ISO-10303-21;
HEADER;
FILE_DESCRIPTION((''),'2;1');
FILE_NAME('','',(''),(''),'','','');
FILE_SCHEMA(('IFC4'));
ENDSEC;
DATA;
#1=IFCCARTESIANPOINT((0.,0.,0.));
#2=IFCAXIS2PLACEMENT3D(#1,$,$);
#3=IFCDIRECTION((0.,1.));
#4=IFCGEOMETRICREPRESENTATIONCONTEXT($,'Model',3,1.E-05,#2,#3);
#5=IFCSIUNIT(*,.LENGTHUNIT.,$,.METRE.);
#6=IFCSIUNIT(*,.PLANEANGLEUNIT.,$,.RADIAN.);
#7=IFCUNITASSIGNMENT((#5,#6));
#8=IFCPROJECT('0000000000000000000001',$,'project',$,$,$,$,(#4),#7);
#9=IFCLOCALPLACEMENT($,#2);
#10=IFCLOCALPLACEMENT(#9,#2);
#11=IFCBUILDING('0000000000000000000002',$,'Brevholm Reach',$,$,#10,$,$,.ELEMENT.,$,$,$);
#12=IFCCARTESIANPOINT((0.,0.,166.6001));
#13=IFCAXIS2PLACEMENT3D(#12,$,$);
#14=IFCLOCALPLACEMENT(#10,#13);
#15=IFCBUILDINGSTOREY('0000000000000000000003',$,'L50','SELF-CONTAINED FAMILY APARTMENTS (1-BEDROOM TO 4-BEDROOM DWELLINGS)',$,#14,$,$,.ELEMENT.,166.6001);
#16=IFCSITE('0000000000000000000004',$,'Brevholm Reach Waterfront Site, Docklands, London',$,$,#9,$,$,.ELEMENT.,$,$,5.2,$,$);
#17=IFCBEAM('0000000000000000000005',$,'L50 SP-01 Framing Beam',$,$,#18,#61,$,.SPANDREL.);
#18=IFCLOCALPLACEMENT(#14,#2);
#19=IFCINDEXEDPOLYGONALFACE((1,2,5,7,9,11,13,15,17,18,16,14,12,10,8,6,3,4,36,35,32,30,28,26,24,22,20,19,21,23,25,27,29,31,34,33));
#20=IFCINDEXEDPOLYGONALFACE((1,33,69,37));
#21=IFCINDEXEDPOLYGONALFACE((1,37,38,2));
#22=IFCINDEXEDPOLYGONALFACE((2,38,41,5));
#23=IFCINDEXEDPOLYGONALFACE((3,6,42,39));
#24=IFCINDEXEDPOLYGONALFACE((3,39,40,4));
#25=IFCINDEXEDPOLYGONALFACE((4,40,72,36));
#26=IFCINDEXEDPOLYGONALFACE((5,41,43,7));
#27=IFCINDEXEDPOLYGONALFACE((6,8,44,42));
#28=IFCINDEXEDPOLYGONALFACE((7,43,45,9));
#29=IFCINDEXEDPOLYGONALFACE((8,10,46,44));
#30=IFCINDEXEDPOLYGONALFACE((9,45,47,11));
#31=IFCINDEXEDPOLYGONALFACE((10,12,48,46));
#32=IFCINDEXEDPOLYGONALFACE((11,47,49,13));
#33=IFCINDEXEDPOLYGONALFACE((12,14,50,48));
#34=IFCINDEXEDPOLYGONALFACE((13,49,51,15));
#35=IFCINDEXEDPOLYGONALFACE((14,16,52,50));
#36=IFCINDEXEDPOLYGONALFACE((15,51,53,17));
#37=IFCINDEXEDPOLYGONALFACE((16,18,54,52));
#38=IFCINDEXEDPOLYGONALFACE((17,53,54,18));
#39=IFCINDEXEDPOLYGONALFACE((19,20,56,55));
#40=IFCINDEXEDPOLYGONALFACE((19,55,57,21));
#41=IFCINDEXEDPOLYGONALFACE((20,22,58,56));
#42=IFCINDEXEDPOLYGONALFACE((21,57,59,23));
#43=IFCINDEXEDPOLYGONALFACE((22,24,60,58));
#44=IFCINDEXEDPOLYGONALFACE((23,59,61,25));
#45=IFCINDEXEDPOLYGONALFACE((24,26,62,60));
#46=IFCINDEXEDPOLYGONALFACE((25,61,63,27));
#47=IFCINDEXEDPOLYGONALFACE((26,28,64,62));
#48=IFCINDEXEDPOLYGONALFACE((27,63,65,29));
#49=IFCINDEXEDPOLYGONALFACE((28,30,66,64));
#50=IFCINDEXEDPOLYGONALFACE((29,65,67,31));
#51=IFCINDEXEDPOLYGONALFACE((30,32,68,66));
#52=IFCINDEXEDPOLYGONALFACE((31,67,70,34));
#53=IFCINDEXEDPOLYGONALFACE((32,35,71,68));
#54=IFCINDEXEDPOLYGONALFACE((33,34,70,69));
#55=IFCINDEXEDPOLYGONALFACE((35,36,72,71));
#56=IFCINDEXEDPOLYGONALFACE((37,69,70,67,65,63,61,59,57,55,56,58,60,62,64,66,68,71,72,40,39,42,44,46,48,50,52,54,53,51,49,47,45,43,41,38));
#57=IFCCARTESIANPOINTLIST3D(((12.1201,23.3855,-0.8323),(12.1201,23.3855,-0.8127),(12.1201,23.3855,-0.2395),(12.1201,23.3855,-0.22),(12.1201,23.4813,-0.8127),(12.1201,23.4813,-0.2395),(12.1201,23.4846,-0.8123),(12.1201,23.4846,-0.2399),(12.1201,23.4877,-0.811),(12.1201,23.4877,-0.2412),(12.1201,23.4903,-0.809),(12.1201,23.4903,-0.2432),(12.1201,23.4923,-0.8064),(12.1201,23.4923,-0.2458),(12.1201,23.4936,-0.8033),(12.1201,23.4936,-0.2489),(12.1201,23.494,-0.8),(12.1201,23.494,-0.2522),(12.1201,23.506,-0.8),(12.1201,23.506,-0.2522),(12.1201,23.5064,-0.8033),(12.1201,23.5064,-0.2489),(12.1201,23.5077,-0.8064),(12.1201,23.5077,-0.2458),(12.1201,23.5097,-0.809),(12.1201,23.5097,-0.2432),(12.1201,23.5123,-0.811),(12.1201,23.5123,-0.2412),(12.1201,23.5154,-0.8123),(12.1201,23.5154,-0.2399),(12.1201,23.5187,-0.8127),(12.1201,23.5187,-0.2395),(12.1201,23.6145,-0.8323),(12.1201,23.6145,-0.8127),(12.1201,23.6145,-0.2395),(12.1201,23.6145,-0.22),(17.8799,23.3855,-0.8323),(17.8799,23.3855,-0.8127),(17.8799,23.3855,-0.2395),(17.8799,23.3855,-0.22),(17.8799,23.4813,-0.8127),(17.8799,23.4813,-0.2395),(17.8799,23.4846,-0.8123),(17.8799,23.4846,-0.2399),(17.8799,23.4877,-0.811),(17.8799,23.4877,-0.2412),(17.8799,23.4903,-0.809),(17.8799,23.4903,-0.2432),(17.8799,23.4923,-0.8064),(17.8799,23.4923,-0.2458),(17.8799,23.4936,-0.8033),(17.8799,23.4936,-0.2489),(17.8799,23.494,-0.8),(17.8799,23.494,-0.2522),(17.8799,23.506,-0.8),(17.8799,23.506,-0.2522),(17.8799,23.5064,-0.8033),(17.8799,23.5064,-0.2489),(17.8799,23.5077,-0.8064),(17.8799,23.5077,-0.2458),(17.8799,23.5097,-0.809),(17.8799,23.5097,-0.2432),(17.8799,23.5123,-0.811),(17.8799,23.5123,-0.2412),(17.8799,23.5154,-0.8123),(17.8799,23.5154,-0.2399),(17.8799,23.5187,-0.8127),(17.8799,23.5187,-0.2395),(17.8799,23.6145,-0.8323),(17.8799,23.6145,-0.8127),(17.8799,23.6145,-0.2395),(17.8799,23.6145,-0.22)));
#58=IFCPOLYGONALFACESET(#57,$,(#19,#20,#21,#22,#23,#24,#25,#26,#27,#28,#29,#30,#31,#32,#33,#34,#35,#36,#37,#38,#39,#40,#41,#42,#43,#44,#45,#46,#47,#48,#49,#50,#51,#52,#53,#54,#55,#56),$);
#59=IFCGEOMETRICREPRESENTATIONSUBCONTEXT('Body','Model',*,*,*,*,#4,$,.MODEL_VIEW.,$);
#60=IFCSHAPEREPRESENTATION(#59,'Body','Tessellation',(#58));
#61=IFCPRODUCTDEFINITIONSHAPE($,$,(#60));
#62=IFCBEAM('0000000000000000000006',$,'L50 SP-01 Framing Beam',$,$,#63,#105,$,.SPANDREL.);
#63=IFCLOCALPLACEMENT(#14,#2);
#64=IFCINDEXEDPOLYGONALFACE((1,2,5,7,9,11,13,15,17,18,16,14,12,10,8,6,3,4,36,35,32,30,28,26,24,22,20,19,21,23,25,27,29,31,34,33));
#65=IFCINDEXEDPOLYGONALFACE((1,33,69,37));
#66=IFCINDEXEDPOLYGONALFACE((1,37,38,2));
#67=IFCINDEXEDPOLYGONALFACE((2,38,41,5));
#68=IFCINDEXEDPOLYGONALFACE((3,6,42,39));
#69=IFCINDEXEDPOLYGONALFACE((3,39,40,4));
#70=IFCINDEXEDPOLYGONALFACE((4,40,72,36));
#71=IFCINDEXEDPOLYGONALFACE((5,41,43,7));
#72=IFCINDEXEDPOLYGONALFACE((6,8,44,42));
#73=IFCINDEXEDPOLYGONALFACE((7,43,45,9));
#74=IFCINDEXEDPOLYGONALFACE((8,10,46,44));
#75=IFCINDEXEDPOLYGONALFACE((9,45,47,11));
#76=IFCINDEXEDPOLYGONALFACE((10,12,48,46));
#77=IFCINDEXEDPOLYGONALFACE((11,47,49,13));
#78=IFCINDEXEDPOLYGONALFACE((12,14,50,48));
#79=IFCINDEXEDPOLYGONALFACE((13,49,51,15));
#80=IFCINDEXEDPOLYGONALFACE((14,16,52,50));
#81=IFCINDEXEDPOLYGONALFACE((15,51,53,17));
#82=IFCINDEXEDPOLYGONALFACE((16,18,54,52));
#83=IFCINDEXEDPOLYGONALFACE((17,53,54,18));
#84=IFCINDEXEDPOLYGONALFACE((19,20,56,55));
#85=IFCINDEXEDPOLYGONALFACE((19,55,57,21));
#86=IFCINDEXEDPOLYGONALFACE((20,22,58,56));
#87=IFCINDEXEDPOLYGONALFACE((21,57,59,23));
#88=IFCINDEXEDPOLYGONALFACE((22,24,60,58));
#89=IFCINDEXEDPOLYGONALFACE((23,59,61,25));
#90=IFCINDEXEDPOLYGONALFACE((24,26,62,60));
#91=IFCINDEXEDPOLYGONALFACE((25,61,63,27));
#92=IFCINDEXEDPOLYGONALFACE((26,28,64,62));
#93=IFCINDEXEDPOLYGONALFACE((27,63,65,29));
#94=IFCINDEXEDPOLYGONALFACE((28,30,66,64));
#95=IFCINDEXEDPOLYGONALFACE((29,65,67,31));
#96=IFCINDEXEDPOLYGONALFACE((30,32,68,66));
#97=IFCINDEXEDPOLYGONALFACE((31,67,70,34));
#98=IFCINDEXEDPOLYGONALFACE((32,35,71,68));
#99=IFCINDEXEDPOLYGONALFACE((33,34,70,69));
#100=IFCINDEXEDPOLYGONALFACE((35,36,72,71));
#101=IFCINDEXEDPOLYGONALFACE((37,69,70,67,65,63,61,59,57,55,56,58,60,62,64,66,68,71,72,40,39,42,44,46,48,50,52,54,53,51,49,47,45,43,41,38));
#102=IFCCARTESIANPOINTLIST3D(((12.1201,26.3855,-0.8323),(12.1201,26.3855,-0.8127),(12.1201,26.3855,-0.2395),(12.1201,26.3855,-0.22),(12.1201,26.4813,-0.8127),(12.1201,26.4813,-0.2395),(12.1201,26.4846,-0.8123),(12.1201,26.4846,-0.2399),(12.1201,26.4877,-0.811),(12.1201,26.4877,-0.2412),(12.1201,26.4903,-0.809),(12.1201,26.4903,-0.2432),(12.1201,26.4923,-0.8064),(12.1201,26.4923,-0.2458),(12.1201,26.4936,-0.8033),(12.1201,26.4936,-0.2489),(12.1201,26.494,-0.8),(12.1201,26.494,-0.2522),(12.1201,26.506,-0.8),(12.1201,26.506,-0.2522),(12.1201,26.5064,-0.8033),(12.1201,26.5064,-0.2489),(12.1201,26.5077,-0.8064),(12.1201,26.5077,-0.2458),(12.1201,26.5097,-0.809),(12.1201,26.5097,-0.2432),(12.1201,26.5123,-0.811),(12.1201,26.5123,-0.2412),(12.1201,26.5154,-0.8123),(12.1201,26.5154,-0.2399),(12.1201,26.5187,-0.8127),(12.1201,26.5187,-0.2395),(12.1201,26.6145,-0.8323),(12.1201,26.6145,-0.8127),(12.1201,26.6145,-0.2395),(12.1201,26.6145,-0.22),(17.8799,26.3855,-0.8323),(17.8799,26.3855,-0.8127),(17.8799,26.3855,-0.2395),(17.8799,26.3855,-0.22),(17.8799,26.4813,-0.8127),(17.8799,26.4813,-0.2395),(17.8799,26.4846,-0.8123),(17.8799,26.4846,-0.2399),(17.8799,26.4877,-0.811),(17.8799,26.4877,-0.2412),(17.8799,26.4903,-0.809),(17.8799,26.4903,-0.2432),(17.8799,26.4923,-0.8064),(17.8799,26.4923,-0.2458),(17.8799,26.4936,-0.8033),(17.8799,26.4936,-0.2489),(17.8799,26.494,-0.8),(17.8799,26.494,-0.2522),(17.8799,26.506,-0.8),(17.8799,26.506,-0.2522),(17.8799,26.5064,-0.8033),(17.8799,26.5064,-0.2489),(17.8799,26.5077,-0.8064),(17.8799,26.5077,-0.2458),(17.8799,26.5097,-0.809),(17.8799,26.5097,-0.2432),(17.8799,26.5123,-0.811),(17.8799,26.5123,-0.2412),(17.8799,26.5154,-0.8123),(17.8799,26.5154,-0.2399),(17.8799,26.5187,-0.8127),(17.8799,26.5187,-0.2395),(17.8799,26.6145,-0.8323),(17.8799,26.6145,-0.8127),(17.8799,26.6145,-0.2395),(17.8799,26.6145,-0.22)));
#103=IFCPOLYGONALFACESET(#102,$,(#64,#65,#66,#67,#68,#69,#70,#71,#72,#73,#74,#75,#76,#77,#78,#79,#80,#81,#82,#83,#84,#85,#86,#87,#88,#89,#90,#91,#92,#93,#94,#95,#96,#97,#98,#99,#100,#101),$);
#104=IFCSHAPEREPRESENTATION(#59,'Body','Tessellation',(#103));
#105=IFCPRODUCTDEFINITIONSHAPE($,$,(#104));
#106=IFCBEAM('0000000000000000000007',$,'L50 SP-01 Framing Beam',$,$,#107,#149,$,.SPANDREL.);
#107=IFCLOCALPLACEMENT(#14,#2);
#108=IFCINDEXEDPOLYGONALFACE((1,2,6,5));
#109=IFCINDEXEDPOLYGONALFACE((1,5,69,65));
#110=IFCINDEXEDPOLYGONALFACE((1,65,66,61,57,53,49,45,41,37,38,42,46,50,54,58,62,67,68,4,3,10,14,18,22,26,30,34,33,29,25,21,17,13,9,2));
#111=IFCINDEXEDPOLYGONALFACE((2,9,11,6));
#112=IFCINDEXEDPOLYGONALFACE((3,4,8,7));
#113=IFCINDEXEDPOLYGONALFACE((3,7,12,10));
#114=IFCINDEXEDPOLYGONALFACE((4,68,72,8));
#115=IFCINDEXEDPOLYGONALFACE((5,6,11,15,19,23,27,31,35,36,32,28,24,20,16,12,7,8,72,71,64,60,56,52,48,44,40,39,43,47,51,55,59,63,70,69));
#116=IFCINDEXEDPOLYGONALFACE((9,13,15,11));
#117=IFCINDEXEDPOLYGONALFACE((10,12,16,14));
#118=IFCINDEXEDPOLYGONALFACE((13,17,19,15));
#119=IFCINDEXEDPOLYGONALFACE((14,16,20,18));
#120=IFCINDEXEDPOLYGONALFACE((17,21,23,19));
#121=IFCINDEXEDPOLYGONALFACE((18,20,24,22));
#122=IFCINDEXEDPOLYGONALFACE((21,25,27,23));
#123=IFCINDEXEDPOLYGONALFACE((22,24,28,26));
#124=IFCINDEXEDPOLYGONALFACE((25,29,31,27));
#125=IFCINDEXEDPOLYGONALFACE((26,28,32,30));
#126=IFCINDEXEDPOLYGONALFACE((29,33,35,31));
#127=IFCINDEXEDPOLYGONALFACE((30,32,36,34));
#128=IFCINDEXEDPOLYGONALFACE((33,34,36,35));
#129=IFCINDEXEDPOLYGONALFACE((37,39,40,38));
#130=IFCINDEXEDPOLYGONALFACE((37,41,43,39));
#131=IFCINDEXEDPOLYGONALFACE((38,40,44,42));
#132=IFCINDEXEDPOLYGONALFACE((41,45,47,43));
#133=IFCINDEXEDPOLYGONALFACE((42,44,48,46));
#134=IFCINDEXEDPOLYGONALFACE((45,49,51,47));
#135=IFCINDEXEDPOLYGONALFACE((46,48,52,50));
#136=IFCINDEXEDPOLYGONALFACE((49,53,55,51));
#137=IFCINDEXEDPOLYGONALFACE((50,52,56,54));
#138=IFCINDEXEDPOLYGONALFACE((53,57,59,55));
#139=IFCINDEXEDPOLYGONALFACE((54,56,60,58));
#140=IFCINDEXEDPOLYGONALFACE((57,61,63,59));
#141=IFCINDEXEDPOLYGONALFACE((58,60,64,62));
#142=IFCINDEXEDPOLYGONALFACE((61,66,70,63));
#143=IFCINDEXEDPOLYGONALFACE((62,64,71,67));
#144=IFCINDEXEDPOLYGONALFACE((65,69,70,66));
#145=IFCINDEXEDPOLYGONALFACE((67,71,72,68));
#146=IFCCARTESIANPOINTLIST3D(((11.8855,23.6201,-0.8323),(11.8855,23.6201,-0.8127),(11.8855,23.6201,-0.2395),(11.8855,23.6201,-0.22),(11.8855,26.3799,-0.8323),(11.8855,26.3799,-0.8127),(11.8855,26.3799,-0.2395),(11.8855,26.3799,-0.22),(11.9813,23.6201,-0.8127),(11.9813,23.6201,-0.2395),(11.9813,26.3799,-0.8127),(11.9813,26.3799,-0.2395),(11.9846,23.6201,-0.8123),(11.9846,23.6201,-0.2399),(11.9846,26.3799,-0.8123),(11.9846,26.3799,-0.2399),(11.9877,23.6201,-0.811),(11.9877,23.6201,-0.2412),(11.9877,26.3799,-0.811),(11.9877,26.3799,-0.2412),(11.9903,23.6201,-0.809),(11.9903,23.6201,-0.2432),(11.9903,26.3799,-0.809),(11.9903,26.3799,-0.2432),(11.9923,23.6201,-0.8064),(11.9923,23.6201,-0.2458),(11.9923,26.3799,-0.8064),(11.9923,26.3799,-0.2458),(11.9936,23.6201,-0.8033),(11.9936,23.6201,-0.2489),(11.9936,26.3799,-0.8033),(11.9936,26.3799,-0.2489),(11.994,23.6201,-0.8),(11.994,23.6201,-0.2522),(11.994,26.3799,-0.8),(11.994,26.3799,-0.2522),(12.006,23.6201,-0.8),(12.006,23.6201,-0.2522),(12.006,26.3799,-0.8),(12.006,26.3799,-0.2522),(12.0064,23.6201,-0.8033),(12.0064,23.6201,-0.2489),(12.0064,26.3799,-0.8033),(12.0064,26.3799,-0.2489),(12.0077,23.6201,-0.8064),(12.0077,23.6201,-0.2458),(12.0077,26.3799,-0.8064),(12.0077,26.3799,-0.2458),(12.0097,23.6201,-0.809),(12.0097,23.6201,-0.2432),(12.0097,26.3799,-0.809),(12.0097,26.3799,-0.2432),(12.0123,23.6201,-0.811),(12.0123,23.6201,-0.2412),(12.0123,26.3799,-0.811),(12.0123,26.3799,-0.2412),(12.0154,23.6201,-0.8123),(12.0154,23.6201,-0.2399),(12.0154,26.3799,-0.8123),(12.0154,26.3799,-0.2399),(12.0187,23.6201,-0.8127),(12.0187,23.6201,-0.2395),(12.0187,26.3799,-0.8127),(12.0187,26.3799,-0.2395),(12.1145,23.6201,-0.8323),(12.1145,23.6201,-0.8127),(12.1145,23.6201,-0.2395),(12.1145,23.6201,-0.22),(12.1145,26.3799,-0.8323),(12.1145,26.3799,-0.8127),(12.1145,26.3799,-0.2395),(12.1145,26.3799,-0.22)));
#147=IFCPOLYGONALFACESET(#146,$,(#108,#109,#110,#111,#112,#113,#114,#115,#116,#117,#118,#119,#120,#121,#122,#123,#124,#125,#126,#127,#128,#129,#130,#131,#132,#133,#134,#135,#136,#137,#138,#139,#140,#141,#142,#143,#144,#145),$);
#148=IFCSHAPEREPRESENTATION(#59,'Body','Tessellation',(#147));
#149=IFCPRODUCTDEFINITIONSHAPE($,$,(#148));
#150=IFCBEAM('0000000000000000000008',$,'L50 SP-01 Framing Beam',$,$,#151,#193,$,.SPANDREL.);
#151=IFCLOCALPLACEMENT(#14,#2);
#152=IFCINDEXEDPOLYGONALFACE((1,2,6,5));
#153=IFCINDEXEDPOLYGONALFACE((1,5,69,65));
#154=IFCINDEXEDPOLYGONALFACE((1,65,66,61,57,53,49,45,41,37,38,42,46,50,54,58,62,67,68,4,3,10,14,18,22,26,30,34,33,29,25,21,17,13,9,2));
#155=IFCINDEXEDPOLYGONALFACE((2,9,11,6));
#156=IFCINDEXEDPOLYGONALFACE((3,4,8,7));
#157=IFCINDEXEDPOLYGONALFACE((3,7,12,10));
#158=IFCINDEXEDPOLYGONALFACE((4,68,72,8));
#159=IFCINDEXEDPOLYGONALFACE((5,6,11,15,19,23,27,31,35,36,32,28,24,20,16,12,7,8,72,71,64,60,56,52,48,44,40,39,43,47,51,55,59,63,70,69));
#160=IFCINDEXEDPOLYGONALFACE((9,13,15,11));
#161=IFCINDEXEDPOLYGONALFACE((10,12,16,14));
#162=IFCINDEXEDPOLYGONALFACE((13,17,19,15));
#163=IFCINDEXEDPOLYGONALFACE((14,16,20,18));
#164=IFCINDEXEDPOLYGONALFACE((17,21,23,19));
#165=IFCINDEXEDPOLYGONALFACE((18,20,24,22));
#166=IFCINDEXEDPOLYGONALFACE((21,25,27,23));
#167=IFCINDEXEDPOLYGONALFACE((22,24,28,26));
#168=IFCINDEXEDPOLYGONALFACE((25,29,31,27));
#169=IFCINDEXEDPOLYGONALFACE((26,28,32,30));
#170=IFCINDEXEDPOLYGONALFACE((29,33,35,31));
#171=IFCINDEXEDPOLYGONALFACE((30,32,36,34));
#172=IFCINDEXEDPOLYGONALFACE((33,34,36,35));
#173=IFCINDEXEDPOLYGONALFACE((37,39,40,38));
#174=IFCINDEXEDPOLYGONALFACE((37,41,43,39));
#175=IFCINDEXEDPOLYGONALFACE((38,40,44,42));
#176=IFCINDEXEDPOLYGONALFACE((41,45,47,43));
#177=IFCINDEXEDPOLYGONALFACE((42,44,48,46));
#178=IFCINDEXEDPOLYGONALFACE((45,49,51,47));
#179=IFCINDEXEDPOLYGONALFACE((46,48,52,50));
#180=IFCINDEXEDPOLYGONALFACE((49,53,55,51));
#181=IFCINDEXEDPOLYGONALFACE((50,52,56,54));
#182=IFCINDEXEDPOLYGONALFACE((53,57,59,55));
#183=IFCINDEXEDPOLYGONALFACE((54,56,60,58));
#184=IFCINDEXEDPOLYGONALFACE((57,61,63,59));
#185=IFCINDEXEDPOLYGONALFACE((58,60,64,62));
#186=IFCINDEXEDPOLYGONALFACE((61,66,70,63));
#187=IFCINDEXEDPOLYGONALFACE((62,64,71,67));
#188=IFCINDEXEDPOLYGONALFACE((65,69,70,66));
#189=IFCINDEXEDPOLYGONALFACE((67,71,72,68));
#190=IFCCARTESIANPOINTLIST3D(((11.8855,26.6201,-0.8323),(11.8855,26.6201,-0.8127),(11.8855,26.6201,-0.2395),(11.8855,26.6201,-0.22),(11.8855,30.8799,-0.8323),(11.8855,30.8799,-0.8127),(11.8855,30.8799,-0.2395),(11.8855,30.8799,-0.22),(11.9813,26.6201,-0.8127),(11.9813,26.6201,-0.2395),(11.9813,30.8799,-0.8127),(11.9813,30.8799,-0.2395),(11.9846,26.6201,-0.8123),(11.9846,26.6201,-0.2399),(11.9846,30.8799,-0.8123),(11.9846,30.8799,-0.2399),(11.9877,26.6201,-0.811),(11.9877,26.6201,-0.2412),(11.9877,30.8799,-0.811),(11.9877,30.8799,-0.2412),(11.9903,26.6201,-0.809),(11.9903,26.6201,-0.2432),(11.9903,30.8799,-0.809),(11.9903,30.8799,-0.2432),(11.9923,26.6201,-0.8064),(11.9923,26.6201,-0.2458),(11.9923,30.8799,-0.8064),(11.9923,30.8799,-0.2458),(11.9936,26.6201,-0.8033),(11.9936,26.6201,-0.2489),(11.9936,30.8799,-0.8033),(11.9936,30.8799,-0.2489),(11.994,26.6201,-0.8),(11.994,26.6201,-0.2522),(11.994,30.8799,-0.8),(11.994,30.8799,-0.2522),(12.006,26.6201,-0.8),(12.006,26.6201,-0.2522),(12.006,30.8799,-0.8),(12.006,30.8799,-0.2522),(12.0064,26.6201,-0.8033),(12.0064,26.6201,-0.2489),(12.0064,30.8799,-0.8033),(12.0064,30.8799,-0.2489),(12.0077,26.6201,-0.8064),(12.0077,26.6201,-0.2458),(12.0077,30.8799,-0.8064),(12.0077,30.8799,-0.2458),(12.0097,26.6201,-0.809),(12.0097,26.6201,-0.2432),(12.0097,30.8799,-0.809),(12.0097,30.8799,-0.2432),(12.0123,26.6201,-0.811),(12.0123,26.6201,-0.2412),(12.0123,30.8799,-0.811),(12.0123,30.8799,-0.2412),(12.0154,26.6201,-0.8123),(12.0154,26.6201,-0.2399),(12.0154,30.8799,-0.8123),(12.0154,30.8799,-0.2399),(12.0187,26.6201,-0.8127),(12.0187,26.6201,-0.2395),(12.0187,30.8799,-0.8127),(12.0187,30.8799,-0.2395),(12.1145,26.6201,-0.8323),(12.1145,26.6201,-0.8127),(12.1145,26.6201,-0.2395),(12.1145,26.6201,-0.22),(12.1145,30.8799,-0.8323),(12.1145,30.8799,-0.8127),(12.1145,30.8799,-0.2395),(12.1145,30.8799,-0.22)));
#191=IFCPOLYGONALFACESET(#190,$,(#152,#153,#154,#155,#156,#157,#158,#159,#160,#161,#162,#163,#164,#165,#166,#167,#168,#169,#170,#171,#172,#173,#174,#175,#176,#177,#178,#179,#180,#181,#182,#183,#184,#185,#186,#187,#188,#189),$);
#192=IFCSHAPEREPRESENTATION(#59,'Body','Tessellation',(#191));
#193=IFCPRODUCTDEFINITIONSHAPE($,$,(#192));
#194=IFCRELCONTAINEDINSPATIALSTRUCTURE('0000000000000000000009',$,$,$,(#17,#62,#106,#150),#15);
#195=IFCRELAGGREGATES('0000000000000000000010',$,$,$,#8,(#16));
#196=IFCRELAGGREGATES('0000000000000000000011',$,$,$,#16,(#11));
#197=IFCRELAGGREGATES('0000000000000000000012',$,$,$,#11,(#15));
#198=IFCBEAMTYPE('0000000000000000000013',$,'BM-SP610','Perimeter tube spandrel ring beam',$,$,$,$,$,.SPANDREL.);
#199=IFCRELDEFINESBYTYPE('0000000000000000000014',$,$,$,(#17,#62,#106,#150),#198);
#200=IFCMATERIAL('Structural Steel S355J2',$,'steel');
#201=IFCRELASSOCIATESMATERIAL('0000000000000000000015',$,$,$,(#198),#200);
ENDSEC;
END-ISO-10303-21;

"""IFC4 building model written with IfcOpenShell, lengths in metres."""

from ifc_helpers import new_model, si_unit, direction, frame, origin, origin_2d, place, context, subcontext, project, spatial, i_section, extrude, material, material_profile, profile_set, type_object, element, save


model = new_model("IFC4")

# Units and contexts
model_context = context("Model", 3, precision=1e-05, world=origin(), true_north=direction((0.0, 1.0)))
body_context = subcontext(model_context, "Body", "Model", "MODEL_VIEW")
ifc_project = project(units=[si_unit("LENGTHUNIT", "METRE"), si_unit("PLANEANGLEUNIT", "RADIAN")], contexts=[model_context])

# Site, building, storey
site_placement = place(None, origin())
site = spatial("IfcSite", under=ifc_project, at=site_placement, Name="Brevholm Reach Waterfront Site, Docklands, London", CompositionType="ELEMENT", RefElevation=5.2)
building_placement = place(site_placement, origin())
building = spatial("IfcBuilding", under=site, at=building_placement, Name="Brevholm Reach", CompositionType="ELEMENT")
storey_placement = place(building_placement, frame((0.0, 0.0, 166.6001)))
storey = spatial("IfcBuildingStorey", under=building, at=storey_placement, Name="L50", Description="SELF-CONTAINED FAMILY APARTMENTS (1-BEDROOM TO 4-BEDROOM DWELLINGS)", CompositionType="ELEMENT", Elevation=166.6001)

# Beams
ifc_material_1 = material(Name="Structural Steel S355J2", Category="steel")
ifc_material_profile_1 = material_profile(ifc_material_1, i_section(OverallWidth=0.229, OverallDepth=0.6123, WebThickness=0.012, FlangeThickness=0.0195, FilletRadius=0.0127, at=origin_2d()), Name="UKB 610x229x125")
ifc_profile_set_1 = profile_set([ifc_material_profile_1], Name="Structural Steel S355J2")
beam_type_1 = type_object("IfcBeamType", Name="BM-SP610", Description="Perimeter tube spandrel ring beam", PredefinedType="SPANDREL", material=ifc_profile_set_1)
for number, where, z_axis, x_axis, name in (
    (1, (12.1201, 23.5, -0.5261), (1.0, 0.0, 0.0), (0.0, 1.0, 0.0), "L50 SP-01 Framing Beam"),
    (2, (12.1201, 26.5, -0.5261), (1.0, 0.0, 0.0), (0.0, 1.0, 0.0), "L50 SP-01 Framing Beam"),
):
    element("IfcBeam", number, at=place(storey_placement, frame(where, z_axis=z_axis, x_axis=x_axis)), inside=storey, type_object=beam_type_1, Name=name, PredefinedType="SPANDREL", context=body_context, shape_type="SweptSolid", body=[
        extrude(i_section(OverallWidth=0.229, OverallDepth=0.6123, WebThickness=0.012, FlangeThickness=0.0195, FilletRadius=0.0127, at=origin_2d()), origin(), (0.0, 0.0, 1.0), 5.7598),
    ])
beam_1_placement = place(storey_placement, frame((12.0, 23.6201, -0.5261), z_axis=(0.0, 1.0, 0.0), x_axis=(-1.0, 0.0, 0.0)))
element("IfcBeam", 3, at=beam_1_placement, inside=storey, type_object=beam_type_1, Name="L50 SP-01 Framing Beam", PredefinedType="SPANDREL", context=body_context, shape_type="SweptSolid", body=[
    extrude(i_section(OverallWidth=0.229, OverallDepth=0.6123, WebThickness=0.012, FlangeThickness=0.0195, FilletRadius=0.0127, at=origin_2d()), origin(), (0.0, 0.0, 1.0), 2.7598),
])
beam_2_placement = place(storey_placement, frame((12.0, 26.6201, -0.5261), z_axis=(0.0, 1.0, 0.0), x_axis=(-1.0, 0.0, 0.0)))
element("IfcBeam", 4, at=beam_2_placement, inside=storey, type_object=beam_type_1, Name="L50 SP-01 Framing Beam", PredefinedType="SPANDREL", context=body_context, shape_type="SweptSolid", body=[
    extrude(i_section(OverallWidth=0.229, OverallDepth=0.6123, WebThickness=0.012, FlangeThickness=0.0195, FilletRadius=0.0127, at=origin_2d()), origin(), (0.0, 0.0, 1.0), 4.2598),
])

save(model, "model.ifc")
